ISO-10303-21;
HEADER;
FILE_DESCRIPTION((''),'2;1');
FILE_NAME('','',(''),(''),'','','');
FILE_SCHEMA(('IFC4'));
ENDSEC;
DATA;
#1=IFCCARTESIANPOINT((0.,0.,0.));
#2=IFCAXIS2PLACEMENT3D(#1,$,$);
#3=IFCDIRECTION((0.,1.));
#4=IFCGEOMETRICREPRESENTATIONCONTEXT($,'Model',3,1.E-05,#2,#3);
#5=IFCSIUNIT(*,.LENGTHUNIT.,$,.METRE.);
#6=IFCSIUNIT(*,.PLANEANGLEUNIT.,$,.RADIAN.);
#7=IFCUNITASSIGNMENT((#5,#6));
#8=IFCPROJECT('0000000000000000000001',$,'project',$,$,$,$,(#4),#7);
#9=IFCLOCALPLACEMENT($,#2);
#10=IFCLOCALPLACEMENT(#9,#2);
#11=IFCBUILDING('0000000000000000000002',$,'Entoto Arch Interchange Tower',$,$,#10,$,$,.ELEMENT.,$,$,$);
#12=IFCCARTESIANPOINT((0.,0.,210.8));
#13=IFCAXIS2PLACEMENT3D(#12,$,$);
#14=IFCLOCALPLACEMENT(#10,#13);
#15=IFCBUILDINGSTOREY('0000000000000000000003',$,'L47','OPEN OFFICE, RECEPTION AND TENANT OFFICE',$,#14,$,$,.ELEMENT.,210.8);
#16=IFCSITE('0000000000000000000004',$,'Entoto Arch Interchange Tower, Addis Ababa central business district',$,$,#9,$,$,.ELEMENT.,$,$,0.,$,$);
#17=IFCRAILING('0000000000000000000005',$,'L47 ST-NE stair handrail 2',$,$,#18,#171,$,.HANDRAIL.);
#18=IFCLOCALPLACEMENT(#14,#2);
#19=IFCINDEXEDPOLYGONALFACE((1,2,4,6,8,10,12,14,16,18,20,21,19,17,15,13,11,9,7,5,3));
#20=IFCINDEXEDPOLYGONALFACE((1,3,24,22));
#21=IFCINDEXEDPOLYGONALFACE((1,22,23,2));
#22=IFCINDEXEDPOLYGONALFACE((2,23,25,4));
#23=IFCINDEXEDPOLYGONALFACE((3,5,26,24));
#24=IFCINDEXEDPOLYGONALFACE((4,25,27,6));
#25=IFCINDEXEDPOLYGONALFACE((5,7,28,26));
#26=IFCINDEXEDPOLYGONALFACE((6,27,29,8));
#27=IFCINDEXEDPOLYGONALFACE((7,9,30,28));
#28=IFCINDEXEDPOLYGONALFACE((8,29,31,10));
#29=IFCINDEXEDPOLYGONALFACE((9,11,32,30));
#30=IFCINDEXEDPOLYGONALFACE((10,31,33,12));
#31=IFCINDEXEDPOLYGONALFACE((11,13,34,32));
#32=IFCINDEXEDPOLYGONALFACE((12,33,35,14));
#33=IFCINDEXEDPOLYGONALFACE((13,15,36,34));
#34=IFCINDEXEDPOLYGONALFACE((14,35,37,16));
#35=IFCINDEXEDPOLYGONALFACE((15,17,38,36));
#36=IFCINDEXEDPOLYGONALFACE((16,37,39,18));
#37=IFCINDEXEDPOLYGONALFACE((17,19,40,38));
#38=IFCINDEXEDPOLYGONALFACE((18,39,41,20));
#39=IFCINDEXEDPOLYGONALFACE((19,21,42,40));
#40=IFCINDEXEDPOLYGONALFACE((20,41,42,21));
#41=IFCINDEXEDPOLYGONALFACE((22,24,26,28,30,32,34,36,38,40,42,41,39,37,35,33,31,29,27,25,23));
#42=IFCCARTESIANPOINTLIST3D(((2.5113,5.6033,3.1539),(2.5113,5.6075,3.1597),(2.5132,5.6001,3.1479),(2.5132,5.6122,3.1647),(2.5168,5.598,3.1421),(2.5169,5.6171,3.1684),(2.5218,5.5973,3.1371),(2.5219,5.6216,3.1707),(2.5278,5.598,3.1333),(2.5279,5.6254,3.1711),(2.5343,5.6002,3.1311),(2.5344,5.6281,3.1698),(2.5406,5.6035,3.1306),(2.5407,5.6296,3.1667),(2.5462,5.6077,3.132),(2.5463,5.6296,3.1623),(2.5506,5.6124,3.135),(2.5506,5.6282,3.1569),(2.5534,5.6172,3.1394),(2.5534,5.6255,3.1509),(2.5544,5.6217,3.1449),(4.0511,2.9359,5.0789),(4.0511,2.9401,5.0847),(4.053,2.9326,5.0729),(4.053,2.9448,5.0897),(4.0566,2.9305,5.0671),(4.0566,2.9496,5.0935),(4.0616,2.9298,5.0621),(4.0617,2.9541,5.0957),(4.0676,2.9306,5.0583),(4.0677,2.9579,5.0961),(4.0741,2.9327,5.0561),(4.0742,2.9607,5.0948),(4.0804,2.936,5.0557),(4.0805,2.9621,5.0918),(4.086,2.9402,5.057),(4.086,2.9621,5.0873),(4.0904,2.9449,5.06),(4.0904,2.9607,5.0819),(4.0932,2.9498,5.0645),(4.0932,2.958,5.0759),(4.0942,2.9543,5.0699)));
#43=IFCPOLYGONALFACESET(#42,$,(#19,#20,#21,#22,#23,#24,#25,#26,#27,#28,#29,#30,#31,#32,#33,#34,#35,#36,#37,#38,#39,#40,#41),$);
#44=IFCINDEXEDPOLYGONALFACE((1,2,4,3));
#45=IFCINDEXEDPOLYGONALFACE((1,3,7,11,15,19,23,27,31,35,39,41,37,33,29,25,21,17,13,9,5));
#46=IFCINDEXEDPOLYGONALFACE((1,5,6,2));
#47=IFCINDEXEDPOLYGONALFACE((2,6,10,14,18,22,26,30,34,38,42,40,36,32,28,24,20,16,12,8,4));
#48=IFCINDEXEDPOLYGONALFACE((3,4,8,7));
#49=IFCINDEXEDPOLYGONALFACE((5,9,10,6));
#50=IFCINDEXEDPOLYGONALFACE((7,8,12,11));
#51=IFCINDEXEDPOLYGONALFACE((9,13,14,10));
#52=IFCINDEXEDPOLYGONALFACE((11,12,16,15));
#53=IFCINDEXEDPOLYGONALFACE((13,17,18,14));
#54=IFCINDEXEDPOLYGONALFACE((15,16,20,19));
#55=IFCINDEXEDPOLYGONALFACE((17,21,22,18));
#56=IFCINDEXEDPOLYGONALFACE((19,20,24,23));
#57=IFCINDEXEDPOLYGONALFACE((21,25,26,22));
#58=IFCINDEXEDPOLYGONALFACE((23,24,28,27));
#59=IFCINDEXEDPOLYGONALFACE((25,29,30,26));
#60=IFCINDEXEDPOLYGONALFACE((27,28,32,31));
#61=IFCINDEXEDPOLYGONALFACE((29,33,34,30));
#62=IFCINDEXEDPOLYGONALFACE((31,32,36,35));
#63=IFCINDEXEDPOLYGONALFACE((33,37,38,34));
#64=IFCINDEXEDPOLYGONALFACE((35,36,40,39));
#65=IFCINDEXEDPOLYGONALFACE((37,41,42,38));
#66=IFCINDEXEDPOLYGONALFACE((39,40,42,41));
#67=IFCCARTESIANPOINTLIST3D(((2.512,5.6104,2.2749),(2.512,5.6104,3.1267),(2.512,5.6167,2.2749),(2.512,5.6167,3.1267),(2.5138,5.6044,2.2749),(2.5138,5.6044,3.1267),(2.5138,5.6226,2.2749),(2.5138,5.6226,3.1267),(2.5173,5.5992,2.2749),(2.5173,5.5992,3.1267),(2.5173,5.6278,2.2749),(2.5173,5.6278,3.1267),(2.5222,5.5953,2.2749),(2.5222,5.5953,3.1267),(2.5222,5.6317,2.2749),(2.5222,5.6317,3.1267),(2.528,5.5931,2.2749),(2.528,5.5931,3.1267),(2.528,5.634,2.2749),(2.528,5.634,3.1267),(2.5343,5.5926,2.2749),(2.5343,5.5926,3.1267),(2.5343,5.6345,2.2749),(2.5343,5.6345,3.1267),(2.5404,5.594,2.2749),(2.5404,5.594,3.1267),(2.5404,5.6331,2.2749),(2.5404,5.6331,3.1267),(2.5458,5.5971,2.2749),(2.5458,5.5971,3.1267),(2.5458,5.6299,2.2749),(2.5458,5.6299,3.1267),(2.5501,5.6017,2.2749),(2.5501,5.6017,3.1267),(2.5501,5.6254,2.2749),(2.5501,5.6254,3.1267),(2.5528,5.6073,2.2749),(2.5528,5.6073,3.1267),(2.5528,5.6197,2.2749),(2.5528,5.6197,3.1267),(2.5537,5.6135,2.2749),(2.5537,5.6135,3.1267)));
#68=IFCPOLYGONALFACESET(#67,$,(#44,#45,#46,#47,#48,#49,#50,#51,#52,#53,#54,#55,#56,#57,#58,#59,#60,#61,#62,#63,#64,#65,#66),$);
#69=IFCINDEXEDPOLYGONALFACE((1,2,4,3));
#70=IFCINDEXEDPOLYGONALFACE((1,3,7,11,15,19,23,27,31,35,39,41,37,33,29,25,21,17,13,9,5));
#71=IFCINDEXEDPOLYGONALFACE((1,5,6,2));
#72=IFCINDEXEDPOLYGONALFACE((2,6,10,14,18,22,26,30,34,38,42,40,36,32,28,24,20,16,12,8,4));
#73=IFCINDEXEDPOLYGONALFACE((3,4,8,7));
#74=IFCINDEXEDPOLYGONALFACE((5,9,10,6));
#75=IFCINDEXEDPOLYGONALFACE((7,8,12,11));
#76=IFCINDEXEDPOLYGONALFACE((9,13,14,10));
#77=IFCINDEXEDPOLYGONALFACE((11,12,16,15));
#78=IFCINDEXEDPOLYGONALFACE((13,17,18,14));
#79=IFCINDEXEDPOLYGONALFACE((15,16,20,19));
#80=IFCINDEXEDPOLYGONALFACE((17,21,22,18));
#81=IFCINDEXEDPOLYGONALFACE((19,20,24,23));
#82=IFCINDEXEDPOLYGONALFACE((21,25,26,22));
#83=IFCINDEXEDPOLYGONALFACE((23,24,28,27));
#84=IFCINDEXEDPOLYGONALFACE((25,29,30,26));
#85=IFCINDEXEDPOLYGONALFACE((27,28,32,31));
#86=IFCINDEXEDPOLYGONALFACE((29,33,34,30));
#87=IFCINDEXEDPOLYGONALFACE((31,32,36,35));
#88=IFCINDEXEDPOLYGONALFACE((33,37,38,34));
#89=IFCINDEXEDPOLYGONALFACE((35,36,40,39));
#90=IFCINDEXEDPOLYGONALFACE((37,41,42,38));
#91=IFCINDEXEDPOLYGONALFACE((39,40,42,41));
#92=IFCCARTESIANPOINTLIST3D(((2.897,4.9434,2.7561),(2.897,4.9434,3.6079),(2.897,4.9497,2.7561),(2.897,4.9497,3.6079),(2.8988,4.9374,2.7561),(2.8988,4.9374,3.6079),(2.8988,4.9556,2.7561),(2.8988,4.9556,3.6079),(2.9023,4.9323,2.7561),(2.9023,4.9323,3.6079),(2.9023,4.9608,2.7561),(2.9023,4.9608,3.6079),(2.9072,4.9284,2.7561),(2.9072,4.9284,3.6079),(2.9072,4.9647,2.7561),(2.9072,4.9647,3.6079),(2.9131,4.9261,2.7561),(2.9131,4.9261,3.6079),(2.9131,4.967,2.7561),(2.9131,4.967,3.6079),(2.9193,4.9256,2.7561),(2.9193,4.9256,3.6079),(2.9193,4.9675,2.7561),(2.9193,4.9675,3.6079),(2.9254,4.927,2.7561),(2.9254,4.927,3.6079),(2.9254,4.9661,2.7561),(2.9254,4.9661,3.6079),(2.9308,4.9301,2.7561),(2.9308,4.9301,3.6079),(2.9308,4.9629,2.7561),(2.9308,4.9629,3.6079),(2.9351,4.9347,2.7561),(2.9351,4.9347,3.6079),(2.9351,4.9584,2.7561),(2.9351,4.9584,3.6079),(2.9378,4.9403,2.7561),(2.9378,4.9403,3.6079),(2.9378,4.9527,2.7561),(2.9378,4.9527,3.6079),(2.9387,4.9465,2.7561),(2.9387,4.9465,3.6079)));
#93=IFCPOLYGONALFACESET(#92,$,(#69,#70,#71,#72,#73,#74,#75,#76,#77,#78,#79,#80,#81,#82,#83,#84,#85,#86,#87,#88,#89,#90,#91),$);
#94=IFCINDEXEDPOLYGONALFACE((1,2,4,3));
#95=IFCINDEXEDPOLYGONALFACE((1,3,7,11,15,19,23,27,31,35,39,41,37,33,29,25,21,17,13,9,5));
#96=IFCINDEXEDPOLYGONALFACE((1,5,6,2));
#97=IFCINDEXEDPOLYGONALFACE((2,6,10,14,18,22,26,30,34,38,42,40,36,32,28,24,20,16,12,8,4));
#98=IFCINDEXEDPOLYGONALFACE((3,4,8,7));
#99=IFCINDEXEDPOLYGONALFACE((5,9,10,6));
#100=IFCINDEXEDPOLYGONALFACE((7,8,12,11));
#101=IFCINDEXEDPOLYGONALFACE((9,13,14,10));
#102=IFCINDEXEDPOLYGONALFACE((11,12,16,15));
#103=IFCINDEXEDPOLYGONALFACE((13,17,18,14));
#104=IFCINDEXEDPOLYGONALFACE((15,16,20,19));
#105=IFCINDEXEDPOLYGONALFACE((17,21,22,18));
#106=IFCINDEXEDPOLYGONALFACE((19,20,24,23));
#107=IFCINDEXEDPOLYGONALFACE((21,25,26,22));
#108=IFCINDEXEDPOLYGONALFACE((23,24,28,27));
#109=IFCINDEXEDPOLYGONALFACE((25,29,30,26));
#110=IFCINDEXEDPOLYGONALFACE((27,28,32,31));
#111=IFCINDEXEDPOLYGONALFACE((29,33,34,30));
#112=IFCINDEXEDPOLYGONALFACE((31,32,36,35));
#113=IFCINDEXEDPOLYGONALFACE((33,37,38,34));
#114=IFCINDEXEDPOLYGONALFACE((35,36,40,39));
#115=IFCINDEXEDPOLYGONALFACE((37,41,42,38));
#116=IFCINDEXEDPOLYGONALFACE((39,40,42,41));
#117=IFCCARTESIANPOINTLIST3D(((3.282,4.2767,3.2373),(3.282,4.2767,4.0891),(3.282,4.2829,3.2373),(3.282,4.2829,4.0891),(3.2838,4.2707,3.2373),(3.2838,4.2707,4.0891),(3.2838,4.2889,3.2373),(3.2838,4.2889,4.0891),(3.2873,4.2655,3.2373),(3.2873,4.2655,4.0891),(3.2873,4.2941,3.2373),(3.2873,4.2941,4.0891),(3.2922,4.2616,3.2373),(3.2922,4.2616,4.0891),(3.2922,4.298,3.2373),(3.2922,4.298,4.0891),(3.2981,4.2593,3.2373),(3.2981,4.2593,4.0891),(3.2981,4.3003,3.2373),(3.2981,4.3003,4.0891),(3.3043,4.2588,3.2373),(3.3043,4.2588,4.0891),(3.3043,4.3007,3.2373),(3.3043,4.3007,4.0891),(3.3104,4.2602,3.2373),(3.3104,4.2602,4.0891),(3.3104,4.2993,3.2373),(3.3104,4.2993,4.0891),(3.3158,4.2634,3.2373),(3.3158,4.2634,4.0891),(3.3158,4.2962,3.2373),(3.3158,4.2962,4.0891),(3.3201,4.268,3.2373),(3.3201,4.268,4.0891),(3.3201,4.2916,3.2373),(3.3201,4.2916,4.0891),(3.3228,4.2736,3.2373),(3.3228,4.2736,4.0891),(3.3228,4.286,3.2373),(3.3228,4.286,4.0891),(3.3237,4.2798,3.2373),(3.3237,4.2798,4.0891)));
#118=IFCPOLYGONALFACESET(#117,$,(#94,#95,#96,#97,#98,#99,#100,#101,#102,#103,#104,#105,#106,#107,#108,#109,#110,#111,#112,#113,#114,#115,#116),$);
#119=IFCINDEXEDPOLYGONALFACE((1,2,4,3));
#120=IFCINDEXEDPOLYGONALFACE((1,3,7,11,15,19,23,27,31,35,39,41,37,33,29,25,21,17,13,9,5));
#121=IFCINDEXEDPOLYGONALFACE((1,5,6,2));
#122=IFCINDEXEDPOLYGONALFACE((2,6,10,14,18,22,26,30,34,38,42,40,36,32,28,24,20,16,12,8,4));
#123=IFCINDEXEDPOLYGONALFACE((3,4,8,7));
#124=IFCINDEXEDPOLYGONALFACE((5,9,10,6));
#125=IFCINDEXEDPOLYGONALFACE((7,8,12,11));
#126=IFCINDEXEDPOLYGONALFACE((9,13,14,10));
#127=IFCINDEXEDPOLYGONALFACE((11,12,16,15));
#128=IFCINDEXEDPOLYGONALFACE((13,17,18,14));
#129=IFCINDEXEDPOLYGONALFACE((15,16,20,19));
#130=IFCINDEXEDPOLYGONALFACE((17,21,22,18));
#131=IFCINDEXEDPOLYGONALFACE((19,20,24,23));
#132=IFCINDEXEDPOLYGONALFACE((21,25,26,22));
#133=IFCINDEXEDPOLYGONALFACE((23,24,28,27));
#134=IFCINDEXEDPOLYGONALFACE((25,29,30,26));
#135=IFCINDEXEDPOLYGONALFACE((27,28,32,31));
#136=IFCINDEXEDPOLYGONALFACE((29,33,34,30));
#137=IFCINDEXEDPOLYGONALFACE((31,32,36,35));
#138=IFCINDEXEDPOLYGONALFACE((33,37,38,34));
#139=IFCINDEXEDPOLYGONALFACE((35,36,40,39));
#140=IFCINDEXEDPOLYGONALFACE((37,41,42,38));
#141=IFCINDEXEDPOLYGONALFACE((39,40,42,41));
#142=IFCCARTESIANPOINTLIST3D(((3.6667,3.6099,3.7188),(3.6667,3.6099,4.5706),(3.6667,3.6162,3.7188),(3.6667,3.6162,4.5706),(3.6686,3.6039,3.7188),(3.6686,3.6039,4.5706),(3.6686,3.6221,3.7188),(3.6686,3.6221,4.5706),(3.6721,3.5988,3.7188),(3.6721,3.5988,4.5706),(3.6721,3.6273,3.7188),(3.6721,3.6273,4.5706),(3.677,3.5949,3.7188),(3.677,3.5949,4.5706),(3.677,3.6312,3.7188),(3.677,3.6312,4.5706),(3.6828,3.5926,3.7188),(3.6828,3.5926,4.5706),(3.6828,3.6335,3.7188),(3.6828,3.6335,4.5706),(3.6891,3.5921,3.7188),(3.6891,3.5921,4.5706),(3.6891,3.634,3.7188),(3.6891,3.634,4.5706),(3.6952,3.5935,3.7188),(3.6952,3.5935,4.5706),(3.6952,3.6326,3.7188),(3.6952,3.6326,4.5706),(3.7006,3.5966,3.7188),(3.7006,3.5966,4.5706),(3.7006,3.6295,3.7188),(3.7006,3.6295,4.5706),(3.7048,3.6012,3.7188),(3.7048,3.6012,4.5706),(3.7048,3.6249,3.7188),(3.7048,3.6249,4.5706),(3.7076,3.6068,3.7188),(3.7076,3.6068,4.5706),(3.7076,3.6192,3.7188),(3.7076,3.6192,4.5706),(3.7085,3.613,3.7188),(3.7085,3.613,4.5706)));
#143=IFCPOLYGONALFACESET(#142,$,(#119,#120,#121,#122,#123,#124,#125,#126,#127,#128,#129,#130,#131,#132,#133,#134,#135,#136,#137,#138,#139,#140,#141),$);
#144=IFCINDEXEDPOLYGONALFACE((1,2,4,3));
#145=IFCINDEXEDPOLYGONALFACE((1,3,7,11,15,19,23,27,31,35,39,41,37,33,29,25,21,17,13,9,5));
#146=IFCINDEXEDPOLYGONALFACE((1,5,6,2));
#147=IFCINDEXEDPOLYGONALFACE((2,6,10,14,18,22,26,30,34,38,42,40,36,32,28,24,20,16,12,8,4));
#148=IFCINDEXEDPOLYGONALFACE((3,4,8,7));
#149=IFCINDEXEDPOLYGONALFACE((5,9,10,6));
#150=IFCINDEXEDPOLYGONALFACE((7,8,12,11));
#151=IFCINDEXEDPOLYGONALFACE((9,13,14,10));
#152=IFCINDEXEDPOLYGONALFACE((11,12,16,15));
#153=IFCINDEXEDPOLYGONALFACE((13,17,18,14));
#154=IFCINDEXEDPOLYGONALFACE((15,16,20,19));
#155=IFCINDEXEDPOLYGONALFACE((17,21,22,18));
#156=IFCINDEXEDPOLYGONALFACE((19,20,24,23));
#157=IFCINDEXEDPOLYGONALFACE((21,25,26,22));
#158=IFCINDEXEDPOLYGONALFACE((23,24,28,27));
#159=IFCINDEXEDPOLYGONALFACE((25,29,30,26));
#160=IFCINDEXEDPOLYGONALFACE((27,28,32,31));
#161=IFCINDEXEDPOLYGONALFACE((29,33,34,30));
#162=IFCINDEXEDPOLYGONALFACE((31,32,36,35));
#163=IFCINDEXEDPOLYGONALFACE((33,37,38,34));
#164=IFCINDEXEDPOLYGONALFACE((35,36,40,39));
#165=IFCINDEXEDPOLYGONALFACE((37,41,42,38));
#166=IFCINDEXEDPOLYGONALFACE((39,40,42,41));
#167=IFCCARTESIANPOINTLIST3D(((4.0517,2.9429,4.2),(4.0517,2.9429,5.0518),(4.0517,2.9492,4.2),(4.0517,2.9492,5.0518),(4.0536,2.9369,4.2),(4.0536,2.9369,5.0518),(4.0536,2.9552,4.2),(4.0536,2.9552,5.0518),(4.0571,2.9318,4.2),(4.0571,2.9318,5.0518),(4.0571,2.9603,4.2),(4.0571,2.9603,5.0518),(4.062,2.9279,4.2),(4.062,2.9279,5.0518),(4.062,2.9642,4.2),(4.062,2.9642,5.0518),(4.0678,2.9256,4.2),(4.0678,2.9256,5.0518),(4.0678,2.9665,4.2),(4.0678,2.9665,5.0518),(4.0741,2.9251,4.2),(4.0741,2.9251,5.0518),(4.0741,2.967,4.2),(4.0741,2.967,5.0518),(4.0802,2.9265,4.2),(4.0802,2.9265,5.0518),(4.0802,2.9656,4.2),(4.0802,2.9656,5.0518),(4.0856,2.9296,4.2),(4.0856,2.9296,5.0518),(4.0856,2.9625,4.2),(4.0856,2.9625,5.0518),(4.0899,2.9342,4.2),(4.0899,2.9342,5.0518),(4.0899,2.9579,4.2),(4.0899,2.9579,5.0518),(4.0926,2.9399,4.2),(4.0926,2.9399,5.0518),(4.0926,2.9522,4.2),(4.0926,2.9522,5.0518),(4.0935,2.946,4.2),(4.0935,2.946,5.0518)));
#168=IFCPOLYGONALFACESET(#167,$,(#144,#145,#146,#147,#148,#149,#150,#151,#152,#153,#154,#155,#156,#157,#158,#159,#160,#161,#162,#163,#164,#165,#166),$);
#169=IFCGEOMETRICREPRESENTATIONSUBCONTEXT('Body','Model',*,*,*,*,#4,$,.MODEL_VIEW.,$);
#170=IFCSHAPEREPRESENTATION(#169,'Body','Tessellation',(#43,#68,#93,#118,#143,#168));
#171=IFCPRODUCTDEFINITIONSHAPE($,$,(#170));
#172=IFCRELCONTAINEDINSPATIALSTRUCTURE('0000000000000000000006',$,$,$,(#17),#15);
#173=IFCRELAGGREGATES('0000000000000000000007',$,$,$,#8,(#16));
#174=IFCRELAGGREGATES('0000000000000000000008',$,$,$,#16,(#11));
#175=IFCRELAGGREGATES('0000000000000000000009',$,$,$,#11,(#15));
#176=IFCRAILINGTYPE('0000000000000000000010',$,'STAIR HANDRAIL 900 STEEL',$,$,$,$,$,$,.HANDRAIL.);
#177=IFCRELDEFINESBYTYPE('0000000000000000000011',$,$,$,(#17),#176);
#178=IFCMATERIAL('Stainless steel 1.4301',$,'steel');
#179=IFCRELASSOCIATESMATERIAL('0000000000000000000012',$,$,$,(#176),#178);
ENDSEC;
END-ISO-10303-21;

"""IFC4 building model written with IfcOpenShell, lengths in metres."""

from ifc_helpers import new_model, si_unit, direction, frame, origin, origin_2d, place, context, subcontext, project, spatial, circle, extrude, material, type_object, element, save


model = new_model("IFC4")

# Units and contexts
model_context = context("Model", 3, precision=1e-05, world=origin(), true_north=direction((0.0, 1.0)))
body_context = subcontext(model_context, "Body", "Model", "MODEL_VIEW")
ifc_project = project(units=[si_unit("LENGTHUNIT", "METRE"), si_unit("PLANEANGLEUNIT", "RADIAN")], contexts=[model_context])

# Site, building, storey
site_placement = place(None, origin())
site = spatial("IfcSite", under=ifc_project, at=site_placement, Name="Entoto Arch Interchange Tower, Addis Ababa central business district", CompositionType="ELEMENT", RefElevation=0.0)
building_placement = place(site_placement, origin())
building = spatial("IfcBuilding", under=site, at=building_placement, Name="Entoto Arch Interchange Tower", CompositionType="ELEMENT")
storey_placement = place(building_placement, frame((0.0, 0.0, 210.8)))
storey = spatial("IfcBuildingStorey", under=building, at=storey_placement, Name="L47", Description="OPEN OFFICE, RECEPTION AND TENANT OFFICE", CompositionType="ELEMENT", Elevation=210.8)

# Railing
ifc_material_1 = material(Name="Stainless steel 1.4301", Category="steel")
railing_type = type_object("IfcRailingType", Name="STAIR HANDRAIL 900 STEEL", PredefinedType="HANDRAIL", material=ifc_material_1)
railing_placement = place(storey_placement, frame((2.5327, 5.6135, 2.2749)))
element("IfcRailing", 1, at=railing_placement, inside=storey, type_object=railing_type, Name="L47 ST-NE stair handrail 2", PredefinedType="HANDRAIL", context=body_context, shape_type="SweptSolid", body=[
    extrude(circle(Radius=0.0239, at=origin_2d()), frame((0.0, 0.0, 0.876), z_axis=(0.423939, -0.734416, 0.530008), x_axis=(0.866064, 0.499933, 0.0)), (0.0, 0.0, 1.0), 3.6321),
    extrude(circle(Radius=0.021, at=origin_2d()), origin(), (0.0, 0.0, 1.0), 0.8518),
    extrude(circle(Radius=0.021, at=origin_2d()), frame((0.385, -0.667, 0.4812)), (0.0, 0.0, 1.0), 0.8518),
    extrude(circle(Radius=0.021, at=origin_2d()), frame((0.77, -1.3337, 0.9624)), (0.0, 0.0, 1.0), 0.8518),
    extrude(circle(Radius=0.021, at=origin_2d()), frame((1.1548, -2.0005, 1.4438)), (0.0, 0.0, 1.0), 0.8518),
    extrude(circle(Radius=0.021, at=origin_2d()), frame((1.5398, -2.6675, 1.925)), (0.0, 0.0, 1.0), 0.8518),
])

save(model, "model.ifc")
